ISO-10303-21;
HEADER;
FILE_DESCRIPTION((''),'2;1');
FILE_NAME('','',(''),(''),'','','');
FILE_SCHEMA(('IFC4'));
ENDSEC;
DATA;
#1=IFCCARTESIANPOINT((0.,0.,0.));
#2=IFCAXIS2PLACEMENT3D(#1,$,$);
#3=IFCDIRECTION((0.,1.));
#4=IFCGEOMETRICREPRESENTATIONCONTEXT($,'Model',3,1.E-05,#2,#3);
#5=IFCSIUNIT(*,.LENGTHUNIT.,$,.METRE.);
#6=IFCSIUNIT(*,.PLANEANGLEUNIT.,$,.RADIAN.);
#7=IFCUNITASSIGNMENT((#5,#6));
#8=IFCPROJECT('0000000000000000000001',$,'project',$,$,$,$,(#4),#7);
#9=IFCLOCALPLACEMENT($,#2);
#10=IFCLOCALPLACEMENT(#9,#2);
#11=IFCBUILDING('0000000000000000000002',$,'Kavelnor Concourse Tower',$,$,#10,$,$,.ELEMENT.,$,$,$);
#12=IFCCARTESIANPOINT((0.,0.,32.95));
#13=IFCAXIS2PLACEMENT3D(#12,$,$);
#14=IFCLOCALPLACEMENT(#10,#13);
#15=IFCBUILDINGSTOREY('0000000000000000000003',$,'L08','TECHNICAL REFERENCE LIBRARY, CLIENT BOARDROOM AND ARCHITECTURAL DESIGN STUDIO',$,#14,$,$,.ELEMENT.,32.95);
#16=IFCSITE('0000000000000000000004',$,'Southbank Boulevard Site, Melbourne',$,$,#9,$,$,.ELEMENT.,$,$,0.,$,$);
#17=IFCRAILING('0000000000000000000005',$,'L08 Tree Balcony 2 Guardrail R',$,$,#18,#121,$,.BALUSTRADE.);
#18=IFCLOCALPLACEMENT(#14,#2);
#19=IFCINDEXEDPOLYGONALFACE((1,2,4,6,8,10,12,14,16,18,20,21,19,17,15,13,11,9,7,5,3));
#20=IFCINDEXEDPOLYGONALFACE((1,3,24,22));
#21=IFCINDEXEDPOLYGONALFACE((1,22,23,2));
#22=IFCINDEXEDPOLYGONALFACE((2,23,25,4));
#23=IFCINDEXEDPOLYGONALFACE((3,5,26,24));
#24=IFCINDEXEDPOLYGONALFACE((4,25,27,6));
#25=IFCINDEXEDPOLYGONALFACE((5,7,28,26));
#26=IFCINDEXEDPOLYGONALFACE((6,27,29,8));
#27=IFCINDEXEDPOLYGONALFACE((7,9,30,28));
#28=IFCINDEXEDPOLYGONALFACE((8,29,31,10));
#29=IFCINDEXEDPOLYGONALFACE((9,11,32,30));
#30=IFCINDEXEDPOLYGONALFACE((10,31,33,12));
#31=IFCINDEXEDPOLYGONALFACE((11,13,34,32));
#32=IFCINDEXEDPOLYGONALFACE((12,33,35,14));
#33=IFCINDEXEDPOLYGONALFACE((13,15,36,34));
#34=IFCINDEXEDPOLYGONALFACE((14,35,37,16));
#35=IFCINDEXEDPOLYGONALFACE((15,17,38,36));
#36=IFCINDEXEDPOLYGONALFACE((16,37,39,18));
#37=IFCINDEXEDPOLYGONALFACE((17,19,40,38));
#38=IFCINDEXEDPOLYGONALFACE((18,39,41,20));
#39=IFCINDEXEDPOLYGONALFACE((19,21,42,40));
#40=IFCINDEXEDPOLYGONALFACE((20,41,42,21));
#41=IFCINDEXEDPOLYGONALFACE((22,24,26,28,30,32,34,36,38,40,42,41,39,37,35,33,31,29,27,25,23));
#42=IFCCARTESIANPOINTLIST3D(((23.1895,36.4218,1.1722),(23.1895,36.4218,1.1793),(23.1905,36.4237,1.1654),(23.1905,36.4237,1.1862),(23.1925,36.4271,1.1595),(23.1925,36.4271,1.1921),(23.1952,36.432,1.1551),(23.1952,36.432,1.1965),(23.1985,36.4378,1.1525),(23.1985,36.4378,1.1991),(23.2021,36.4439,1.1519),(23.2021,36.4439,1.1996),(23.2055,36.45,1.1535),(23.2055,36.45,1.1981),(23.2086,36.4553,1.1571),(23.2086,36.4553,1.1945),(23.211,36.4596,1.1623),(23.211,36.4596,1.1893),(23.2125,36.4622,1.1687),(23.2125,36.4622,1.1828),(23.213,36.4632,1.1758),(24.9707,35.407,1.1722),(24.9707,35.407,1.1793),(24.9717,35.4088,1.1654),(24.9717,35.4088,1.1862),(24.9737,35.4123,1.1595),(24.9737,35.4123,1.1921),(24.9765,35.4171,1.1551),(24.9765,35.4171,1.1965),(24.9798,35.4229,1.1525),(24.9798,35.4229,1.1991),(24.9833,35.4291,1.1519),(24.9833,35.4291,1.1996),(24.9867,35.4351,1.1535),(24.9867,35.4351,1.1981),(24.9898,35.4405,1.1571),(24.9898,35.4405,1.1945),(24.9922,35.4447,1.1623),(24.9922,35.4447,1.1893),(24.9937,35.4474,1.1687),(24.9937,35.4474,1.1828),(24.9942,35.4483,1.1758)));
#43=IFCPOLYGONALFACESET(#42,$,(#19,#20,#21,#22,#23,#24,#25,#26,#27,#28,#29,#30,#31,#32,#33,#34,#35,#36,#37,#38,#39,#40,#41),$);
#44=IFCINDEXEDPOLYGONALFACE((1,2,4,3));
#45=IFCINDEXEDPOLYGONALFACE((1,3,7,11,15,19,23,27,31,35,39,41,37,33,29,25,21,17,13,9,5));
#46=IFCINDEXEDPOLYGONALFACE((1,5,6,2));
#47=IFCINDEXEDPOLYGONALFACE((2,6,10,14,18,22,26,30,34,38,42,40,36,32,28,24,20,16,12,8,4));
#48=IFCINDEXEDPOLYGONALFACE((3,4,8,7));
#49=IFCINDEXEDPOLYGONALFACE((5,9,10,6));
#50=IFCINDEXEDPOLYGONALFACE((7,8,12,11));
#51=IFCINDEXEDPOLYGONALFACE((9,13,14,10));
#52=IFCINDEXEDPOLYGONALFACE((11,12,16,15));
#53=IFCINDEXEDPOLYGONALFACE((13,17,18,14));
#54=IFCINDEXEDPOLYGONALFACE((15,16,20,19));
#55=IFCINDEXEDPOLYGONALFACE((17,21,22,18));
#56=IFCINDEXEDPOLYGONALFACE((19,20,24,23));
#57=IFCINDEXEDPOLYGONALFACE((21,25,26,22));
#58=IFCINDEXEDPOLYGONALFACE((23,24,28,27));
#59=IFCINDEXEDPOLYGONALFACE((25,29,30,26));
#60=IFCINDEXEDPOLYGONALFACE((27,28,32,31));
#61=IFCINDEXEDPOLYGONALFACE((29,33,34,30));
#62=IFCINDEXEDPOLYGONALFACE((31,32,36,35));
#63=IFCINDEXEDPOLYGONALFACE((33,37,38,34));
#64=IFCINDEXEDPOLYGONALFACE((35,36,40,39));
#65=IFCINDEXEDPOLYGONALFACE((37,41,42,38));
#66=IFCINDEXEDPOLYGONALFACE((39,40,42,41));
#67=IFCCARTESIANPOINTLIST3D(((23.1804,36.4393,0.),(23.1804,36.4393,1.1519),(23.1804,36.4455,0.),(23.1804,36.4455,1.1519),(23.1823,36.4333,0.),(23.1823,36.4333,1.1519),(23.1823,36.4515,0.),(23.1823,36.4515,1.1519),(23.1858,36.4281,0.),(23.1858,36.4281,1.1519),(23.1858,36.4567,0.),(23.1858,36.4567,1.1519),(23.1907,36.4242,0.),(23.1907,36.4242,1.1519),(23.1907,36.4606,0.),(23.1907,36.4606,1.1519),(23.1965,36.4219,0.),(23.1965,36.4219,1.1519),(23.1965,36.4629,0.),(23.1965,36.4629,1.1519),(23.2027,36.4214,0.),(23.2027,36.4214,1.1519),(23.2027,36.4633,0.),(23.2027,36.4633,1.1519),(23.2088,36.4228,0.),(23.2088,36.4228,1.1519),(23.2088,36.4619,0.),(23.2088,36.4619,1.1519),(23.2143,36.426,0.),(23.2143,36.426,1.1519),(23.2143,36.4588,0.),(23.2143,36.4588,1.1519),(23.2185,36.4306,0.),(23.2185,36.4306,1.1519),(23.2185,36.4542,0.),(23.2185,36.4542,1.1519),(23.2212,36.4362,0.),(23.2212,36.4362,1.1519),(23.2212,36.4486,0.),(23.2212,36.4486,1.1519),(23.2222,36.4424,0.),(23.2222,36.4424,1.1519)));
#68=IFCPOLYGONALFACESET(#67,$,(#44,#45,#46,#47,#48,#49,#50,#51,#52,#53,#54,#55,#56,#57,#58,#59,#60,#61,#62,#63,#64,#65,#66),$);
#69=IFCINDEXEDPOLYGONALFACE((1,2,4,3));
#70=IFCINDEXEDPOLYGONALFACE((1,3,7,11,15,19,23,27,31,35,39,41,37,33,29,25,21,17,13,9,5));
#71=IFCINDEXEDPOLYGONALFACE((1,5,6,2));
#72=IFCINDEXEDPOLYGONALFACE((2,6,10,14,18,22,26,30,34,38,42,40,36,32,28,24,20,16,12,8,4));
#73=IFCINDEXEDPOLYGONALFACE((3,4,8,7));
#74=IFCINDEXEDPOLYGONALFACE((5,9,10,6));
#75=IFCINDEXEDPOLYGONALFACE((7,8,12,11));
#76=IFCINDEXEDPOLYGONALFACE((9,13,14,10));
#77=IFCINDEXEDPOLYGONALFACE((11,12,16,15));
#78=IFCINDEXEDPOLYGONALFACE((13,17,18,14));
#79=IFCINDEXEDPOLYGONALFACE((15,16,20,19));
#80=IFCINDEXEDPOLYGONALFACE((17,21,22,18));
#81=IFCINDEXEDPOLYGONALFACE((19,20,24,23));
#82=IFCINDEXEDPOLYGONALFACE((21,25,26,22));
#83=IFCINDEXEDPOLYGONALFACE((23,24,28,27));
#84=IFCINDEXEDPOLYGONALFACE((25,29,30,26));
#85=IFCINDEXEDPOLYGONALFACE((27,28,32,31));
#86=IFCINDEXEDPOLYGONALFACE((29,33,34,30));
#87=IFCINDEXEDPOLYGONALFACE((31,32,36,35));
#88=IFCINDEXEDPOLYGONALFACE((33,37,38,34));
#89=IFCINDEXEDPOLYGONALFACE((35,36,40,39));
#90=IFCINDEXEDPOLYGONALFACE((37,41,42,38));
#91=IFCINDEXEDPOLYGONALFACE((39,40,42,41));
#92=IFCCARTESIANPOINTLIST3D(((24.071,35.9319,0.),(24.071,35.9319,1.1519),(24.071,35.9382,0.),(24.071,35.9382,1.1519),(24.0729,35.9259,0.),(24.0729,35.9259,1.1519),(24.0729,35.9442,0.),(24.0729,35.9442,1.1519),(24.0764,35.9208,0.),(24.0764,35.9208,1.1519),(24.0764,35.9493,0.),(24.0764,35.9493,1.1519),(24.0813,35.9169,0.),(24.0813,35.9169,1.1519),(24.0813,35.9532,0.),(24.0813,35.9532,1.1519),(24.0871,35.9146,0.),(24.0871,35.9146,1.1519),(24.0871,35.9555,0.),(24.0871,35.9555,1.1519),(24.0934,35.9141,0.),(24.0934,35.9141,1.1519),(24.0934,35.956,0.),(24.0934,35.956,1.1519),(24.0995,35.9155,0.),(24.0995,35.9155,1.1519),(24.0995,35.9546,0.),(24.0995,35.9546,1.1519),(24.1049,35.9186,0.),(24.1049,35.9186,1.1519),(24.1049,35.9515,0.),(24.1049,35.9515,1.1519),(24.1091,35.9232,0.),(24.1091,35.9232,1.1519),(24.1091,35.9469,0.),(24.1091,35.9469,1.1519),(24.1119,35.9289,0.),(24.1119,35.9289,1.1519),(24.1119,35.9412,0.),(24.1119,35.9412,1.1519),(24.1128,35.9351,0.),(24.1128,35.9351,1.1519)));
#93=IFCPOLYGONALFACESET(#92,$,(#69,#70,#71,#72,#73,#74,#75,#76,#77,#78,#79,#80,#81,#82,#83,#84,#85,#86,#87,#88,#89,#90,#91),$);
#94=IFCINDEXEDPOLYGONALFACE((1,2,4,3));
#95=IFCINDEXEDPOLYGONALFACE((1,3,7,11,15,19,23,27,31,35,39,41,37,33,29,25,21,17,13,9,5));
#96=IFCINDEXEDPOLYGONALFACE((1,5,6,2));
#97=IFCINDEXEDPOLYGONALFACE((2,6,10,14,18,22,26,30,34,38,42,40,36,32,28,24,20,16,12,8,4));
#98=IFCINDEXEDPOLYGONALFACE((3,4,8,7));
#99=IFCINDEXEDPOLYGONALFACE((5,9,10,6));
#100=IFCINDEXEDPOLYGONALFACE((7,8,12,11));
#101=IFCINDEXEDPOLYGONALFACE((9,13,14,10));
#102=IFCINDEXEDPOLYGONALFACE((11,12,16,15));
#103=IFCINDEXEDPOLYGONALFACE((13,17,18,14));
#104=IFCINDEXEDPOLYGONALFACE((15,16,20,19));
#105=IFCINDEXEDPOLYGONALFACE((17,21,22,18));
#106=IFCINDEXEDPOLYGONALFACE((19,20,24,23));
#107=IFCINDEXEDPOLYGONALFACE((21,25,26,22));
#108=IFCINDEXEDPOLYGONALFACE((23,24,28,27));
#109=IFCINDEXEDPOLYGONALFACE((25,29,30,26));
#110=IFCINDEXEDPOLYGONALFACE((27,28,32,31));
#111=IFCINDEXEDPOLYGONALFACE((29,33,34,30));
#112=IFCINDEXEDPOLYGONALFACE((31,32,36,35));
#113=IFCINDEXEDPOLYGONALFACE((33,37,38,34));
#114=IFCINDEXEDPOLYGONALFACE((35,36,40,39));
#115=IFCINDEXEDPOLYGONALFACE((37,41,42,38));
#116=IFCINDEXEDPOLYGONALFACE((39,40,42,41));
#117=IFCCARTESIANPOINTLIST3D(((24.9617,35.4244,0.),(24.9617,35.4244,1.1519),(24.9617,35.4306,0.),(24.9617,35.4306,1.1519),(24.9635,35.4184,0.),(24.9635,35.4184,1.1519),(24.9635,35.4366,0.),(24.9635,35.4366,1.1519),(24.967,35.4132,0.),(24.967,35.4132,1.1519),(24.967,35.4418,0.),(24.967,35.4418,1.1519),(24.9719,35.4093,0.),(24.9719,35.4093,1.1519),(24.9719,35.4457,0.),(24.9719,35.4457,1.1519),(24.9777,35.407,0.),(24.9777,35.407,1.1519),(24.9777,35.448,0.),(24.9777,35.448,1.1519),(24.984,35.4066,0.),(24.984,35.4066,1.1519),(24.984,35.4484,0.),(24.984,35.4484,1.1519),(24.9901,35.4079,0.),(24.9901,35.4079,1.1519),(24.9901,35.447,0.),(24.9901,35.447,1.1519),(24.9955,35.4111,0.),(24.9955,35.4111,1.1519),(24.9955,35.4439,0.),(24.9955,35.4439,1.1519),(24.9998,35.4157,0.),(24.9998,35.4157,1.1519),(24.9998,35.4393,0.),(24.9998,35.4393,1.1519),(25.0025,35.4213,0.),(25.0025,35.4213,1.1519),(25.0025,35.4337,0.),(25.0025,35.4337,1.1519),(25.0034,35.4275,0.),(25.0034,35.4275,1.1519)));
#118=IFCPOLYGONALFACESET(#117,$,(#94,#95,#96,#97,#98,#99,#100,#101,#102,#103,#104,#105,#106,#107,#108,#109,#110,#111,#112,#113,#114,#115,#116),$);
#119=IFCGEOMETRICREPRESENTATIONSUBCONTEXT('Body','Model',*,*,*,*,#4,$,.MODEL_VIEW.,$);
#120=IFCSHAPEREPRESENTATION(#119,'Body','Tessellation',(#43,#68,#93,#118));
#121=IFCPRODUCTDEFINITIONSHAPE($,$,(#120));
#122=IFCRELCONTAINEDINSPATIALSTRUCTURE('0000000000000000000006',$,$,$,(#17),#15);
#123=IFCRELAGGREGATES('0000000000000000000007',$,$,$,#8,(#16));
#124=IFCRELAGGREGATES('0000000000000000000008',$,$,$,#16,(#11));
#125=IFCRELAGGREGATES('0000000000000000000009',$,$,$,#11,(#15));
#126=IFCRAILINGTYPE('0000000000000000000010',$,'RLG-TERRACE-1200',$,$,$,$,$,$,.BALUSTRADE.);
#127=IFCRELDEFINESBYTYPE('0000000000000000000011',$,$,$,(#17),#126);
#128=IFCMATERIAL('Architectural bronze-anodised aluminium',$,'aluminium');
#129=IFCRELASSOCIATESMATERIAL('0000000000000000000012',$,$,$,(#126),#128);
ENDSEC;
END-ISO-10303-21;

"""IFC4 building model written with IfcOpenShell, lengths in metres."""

from ifc_helpers import new_model, si_unit, direction, frame, origin, origin_2d, place, context, subcontext, project, spatial, circle, extrude, material, type_object, element, save


model = new_model("IFC4")

# Units and contexts
model_context = context("Model", 3, precision=1e-05, world=origin(), true_north=direction((0.0, 1.0)))
body_context = subcontext(model_context, "Body", "Model", "MODEL_VIEW")
ifc_project = project(units=[si_unit("LENGTHUNIT", "METRE"), si_unit("PLANEANGLEUNIT", "RADIAN")], contexts=[model_context])

# Site, building, storey
site_placement = place(None, origin())
site = spatial("IfcSite", under=ifc_project, at=site_placement, Name="Southbank Boulevard Site, Melbourne", CompositionType="ELEMENT", RefElevation=0.0)
building_placement = place(site_placement, origin())
building = spatial("IfcBuilding", under=site, at=building_placement, Name="Kavelnor Concourse Tower", CompositionType="ELEMENT")
storey_placement = place(building_placement, frame((0.0, 0.0, 32.95)))
storey = spatial("IfcBuildingStorey", under=building, at=storey_placement, Name="L08", Description="TECHNICAL REFERENCE LIBRARY, CLIENT BOARDROOM AND ARCHITECTURAL DESIGN STUDIO", CompositionType="ELEMENT", Elevation=32.95)

# Railing
ifc_material_1 = material(Name="Architectural bronze-anodised aluminium", Category="aluminium")
railing_type = type_object("IfcRailingType", Name="RLG-TERRACE-1200", PredefinedType="BALUSTRADE", material=ifc_material_1)
railing_1_placement = place(storey_placement, frame((23.2012, 36.4424, 0.0)))
element("IfcRailing", 1, at=railing_1_placement, inside=storey, type_object=railing_type, Name="L08 Tree Balcony 2 Guardrail R", PredefinedType="BALUSTRADE", context=body_context, shape_type="SweptSolid", body=[
    extrude(circle(Radius=0.0239, at=origin_2d()), frame((0.0, 0.0, 1.1758), z_axis=(0.868865, -0.495048, 0.0), x_axis=(0.495048, 0.868865, 0.0)), (0.0, 0.0, 1.0), 2.05),
    extrude(circle(Radius=0.021, at=origin_2d()), origin(), (0.0, 0.0, 1.0), 1.1519),
    extrude(circle(Radius=0.021, at=origin_2d()), frame((0.8906, -0.5073, 0.0)), (0.0, 0.0, 1.0), 1.1519),
    extrude(circle(Radius=0.021, at=origin_2d()), frame((1.7812, -1.0149, 0.0)), (0.0, 0.0, 1.0), 1.1519),
])

save(model, "model.ifc")
